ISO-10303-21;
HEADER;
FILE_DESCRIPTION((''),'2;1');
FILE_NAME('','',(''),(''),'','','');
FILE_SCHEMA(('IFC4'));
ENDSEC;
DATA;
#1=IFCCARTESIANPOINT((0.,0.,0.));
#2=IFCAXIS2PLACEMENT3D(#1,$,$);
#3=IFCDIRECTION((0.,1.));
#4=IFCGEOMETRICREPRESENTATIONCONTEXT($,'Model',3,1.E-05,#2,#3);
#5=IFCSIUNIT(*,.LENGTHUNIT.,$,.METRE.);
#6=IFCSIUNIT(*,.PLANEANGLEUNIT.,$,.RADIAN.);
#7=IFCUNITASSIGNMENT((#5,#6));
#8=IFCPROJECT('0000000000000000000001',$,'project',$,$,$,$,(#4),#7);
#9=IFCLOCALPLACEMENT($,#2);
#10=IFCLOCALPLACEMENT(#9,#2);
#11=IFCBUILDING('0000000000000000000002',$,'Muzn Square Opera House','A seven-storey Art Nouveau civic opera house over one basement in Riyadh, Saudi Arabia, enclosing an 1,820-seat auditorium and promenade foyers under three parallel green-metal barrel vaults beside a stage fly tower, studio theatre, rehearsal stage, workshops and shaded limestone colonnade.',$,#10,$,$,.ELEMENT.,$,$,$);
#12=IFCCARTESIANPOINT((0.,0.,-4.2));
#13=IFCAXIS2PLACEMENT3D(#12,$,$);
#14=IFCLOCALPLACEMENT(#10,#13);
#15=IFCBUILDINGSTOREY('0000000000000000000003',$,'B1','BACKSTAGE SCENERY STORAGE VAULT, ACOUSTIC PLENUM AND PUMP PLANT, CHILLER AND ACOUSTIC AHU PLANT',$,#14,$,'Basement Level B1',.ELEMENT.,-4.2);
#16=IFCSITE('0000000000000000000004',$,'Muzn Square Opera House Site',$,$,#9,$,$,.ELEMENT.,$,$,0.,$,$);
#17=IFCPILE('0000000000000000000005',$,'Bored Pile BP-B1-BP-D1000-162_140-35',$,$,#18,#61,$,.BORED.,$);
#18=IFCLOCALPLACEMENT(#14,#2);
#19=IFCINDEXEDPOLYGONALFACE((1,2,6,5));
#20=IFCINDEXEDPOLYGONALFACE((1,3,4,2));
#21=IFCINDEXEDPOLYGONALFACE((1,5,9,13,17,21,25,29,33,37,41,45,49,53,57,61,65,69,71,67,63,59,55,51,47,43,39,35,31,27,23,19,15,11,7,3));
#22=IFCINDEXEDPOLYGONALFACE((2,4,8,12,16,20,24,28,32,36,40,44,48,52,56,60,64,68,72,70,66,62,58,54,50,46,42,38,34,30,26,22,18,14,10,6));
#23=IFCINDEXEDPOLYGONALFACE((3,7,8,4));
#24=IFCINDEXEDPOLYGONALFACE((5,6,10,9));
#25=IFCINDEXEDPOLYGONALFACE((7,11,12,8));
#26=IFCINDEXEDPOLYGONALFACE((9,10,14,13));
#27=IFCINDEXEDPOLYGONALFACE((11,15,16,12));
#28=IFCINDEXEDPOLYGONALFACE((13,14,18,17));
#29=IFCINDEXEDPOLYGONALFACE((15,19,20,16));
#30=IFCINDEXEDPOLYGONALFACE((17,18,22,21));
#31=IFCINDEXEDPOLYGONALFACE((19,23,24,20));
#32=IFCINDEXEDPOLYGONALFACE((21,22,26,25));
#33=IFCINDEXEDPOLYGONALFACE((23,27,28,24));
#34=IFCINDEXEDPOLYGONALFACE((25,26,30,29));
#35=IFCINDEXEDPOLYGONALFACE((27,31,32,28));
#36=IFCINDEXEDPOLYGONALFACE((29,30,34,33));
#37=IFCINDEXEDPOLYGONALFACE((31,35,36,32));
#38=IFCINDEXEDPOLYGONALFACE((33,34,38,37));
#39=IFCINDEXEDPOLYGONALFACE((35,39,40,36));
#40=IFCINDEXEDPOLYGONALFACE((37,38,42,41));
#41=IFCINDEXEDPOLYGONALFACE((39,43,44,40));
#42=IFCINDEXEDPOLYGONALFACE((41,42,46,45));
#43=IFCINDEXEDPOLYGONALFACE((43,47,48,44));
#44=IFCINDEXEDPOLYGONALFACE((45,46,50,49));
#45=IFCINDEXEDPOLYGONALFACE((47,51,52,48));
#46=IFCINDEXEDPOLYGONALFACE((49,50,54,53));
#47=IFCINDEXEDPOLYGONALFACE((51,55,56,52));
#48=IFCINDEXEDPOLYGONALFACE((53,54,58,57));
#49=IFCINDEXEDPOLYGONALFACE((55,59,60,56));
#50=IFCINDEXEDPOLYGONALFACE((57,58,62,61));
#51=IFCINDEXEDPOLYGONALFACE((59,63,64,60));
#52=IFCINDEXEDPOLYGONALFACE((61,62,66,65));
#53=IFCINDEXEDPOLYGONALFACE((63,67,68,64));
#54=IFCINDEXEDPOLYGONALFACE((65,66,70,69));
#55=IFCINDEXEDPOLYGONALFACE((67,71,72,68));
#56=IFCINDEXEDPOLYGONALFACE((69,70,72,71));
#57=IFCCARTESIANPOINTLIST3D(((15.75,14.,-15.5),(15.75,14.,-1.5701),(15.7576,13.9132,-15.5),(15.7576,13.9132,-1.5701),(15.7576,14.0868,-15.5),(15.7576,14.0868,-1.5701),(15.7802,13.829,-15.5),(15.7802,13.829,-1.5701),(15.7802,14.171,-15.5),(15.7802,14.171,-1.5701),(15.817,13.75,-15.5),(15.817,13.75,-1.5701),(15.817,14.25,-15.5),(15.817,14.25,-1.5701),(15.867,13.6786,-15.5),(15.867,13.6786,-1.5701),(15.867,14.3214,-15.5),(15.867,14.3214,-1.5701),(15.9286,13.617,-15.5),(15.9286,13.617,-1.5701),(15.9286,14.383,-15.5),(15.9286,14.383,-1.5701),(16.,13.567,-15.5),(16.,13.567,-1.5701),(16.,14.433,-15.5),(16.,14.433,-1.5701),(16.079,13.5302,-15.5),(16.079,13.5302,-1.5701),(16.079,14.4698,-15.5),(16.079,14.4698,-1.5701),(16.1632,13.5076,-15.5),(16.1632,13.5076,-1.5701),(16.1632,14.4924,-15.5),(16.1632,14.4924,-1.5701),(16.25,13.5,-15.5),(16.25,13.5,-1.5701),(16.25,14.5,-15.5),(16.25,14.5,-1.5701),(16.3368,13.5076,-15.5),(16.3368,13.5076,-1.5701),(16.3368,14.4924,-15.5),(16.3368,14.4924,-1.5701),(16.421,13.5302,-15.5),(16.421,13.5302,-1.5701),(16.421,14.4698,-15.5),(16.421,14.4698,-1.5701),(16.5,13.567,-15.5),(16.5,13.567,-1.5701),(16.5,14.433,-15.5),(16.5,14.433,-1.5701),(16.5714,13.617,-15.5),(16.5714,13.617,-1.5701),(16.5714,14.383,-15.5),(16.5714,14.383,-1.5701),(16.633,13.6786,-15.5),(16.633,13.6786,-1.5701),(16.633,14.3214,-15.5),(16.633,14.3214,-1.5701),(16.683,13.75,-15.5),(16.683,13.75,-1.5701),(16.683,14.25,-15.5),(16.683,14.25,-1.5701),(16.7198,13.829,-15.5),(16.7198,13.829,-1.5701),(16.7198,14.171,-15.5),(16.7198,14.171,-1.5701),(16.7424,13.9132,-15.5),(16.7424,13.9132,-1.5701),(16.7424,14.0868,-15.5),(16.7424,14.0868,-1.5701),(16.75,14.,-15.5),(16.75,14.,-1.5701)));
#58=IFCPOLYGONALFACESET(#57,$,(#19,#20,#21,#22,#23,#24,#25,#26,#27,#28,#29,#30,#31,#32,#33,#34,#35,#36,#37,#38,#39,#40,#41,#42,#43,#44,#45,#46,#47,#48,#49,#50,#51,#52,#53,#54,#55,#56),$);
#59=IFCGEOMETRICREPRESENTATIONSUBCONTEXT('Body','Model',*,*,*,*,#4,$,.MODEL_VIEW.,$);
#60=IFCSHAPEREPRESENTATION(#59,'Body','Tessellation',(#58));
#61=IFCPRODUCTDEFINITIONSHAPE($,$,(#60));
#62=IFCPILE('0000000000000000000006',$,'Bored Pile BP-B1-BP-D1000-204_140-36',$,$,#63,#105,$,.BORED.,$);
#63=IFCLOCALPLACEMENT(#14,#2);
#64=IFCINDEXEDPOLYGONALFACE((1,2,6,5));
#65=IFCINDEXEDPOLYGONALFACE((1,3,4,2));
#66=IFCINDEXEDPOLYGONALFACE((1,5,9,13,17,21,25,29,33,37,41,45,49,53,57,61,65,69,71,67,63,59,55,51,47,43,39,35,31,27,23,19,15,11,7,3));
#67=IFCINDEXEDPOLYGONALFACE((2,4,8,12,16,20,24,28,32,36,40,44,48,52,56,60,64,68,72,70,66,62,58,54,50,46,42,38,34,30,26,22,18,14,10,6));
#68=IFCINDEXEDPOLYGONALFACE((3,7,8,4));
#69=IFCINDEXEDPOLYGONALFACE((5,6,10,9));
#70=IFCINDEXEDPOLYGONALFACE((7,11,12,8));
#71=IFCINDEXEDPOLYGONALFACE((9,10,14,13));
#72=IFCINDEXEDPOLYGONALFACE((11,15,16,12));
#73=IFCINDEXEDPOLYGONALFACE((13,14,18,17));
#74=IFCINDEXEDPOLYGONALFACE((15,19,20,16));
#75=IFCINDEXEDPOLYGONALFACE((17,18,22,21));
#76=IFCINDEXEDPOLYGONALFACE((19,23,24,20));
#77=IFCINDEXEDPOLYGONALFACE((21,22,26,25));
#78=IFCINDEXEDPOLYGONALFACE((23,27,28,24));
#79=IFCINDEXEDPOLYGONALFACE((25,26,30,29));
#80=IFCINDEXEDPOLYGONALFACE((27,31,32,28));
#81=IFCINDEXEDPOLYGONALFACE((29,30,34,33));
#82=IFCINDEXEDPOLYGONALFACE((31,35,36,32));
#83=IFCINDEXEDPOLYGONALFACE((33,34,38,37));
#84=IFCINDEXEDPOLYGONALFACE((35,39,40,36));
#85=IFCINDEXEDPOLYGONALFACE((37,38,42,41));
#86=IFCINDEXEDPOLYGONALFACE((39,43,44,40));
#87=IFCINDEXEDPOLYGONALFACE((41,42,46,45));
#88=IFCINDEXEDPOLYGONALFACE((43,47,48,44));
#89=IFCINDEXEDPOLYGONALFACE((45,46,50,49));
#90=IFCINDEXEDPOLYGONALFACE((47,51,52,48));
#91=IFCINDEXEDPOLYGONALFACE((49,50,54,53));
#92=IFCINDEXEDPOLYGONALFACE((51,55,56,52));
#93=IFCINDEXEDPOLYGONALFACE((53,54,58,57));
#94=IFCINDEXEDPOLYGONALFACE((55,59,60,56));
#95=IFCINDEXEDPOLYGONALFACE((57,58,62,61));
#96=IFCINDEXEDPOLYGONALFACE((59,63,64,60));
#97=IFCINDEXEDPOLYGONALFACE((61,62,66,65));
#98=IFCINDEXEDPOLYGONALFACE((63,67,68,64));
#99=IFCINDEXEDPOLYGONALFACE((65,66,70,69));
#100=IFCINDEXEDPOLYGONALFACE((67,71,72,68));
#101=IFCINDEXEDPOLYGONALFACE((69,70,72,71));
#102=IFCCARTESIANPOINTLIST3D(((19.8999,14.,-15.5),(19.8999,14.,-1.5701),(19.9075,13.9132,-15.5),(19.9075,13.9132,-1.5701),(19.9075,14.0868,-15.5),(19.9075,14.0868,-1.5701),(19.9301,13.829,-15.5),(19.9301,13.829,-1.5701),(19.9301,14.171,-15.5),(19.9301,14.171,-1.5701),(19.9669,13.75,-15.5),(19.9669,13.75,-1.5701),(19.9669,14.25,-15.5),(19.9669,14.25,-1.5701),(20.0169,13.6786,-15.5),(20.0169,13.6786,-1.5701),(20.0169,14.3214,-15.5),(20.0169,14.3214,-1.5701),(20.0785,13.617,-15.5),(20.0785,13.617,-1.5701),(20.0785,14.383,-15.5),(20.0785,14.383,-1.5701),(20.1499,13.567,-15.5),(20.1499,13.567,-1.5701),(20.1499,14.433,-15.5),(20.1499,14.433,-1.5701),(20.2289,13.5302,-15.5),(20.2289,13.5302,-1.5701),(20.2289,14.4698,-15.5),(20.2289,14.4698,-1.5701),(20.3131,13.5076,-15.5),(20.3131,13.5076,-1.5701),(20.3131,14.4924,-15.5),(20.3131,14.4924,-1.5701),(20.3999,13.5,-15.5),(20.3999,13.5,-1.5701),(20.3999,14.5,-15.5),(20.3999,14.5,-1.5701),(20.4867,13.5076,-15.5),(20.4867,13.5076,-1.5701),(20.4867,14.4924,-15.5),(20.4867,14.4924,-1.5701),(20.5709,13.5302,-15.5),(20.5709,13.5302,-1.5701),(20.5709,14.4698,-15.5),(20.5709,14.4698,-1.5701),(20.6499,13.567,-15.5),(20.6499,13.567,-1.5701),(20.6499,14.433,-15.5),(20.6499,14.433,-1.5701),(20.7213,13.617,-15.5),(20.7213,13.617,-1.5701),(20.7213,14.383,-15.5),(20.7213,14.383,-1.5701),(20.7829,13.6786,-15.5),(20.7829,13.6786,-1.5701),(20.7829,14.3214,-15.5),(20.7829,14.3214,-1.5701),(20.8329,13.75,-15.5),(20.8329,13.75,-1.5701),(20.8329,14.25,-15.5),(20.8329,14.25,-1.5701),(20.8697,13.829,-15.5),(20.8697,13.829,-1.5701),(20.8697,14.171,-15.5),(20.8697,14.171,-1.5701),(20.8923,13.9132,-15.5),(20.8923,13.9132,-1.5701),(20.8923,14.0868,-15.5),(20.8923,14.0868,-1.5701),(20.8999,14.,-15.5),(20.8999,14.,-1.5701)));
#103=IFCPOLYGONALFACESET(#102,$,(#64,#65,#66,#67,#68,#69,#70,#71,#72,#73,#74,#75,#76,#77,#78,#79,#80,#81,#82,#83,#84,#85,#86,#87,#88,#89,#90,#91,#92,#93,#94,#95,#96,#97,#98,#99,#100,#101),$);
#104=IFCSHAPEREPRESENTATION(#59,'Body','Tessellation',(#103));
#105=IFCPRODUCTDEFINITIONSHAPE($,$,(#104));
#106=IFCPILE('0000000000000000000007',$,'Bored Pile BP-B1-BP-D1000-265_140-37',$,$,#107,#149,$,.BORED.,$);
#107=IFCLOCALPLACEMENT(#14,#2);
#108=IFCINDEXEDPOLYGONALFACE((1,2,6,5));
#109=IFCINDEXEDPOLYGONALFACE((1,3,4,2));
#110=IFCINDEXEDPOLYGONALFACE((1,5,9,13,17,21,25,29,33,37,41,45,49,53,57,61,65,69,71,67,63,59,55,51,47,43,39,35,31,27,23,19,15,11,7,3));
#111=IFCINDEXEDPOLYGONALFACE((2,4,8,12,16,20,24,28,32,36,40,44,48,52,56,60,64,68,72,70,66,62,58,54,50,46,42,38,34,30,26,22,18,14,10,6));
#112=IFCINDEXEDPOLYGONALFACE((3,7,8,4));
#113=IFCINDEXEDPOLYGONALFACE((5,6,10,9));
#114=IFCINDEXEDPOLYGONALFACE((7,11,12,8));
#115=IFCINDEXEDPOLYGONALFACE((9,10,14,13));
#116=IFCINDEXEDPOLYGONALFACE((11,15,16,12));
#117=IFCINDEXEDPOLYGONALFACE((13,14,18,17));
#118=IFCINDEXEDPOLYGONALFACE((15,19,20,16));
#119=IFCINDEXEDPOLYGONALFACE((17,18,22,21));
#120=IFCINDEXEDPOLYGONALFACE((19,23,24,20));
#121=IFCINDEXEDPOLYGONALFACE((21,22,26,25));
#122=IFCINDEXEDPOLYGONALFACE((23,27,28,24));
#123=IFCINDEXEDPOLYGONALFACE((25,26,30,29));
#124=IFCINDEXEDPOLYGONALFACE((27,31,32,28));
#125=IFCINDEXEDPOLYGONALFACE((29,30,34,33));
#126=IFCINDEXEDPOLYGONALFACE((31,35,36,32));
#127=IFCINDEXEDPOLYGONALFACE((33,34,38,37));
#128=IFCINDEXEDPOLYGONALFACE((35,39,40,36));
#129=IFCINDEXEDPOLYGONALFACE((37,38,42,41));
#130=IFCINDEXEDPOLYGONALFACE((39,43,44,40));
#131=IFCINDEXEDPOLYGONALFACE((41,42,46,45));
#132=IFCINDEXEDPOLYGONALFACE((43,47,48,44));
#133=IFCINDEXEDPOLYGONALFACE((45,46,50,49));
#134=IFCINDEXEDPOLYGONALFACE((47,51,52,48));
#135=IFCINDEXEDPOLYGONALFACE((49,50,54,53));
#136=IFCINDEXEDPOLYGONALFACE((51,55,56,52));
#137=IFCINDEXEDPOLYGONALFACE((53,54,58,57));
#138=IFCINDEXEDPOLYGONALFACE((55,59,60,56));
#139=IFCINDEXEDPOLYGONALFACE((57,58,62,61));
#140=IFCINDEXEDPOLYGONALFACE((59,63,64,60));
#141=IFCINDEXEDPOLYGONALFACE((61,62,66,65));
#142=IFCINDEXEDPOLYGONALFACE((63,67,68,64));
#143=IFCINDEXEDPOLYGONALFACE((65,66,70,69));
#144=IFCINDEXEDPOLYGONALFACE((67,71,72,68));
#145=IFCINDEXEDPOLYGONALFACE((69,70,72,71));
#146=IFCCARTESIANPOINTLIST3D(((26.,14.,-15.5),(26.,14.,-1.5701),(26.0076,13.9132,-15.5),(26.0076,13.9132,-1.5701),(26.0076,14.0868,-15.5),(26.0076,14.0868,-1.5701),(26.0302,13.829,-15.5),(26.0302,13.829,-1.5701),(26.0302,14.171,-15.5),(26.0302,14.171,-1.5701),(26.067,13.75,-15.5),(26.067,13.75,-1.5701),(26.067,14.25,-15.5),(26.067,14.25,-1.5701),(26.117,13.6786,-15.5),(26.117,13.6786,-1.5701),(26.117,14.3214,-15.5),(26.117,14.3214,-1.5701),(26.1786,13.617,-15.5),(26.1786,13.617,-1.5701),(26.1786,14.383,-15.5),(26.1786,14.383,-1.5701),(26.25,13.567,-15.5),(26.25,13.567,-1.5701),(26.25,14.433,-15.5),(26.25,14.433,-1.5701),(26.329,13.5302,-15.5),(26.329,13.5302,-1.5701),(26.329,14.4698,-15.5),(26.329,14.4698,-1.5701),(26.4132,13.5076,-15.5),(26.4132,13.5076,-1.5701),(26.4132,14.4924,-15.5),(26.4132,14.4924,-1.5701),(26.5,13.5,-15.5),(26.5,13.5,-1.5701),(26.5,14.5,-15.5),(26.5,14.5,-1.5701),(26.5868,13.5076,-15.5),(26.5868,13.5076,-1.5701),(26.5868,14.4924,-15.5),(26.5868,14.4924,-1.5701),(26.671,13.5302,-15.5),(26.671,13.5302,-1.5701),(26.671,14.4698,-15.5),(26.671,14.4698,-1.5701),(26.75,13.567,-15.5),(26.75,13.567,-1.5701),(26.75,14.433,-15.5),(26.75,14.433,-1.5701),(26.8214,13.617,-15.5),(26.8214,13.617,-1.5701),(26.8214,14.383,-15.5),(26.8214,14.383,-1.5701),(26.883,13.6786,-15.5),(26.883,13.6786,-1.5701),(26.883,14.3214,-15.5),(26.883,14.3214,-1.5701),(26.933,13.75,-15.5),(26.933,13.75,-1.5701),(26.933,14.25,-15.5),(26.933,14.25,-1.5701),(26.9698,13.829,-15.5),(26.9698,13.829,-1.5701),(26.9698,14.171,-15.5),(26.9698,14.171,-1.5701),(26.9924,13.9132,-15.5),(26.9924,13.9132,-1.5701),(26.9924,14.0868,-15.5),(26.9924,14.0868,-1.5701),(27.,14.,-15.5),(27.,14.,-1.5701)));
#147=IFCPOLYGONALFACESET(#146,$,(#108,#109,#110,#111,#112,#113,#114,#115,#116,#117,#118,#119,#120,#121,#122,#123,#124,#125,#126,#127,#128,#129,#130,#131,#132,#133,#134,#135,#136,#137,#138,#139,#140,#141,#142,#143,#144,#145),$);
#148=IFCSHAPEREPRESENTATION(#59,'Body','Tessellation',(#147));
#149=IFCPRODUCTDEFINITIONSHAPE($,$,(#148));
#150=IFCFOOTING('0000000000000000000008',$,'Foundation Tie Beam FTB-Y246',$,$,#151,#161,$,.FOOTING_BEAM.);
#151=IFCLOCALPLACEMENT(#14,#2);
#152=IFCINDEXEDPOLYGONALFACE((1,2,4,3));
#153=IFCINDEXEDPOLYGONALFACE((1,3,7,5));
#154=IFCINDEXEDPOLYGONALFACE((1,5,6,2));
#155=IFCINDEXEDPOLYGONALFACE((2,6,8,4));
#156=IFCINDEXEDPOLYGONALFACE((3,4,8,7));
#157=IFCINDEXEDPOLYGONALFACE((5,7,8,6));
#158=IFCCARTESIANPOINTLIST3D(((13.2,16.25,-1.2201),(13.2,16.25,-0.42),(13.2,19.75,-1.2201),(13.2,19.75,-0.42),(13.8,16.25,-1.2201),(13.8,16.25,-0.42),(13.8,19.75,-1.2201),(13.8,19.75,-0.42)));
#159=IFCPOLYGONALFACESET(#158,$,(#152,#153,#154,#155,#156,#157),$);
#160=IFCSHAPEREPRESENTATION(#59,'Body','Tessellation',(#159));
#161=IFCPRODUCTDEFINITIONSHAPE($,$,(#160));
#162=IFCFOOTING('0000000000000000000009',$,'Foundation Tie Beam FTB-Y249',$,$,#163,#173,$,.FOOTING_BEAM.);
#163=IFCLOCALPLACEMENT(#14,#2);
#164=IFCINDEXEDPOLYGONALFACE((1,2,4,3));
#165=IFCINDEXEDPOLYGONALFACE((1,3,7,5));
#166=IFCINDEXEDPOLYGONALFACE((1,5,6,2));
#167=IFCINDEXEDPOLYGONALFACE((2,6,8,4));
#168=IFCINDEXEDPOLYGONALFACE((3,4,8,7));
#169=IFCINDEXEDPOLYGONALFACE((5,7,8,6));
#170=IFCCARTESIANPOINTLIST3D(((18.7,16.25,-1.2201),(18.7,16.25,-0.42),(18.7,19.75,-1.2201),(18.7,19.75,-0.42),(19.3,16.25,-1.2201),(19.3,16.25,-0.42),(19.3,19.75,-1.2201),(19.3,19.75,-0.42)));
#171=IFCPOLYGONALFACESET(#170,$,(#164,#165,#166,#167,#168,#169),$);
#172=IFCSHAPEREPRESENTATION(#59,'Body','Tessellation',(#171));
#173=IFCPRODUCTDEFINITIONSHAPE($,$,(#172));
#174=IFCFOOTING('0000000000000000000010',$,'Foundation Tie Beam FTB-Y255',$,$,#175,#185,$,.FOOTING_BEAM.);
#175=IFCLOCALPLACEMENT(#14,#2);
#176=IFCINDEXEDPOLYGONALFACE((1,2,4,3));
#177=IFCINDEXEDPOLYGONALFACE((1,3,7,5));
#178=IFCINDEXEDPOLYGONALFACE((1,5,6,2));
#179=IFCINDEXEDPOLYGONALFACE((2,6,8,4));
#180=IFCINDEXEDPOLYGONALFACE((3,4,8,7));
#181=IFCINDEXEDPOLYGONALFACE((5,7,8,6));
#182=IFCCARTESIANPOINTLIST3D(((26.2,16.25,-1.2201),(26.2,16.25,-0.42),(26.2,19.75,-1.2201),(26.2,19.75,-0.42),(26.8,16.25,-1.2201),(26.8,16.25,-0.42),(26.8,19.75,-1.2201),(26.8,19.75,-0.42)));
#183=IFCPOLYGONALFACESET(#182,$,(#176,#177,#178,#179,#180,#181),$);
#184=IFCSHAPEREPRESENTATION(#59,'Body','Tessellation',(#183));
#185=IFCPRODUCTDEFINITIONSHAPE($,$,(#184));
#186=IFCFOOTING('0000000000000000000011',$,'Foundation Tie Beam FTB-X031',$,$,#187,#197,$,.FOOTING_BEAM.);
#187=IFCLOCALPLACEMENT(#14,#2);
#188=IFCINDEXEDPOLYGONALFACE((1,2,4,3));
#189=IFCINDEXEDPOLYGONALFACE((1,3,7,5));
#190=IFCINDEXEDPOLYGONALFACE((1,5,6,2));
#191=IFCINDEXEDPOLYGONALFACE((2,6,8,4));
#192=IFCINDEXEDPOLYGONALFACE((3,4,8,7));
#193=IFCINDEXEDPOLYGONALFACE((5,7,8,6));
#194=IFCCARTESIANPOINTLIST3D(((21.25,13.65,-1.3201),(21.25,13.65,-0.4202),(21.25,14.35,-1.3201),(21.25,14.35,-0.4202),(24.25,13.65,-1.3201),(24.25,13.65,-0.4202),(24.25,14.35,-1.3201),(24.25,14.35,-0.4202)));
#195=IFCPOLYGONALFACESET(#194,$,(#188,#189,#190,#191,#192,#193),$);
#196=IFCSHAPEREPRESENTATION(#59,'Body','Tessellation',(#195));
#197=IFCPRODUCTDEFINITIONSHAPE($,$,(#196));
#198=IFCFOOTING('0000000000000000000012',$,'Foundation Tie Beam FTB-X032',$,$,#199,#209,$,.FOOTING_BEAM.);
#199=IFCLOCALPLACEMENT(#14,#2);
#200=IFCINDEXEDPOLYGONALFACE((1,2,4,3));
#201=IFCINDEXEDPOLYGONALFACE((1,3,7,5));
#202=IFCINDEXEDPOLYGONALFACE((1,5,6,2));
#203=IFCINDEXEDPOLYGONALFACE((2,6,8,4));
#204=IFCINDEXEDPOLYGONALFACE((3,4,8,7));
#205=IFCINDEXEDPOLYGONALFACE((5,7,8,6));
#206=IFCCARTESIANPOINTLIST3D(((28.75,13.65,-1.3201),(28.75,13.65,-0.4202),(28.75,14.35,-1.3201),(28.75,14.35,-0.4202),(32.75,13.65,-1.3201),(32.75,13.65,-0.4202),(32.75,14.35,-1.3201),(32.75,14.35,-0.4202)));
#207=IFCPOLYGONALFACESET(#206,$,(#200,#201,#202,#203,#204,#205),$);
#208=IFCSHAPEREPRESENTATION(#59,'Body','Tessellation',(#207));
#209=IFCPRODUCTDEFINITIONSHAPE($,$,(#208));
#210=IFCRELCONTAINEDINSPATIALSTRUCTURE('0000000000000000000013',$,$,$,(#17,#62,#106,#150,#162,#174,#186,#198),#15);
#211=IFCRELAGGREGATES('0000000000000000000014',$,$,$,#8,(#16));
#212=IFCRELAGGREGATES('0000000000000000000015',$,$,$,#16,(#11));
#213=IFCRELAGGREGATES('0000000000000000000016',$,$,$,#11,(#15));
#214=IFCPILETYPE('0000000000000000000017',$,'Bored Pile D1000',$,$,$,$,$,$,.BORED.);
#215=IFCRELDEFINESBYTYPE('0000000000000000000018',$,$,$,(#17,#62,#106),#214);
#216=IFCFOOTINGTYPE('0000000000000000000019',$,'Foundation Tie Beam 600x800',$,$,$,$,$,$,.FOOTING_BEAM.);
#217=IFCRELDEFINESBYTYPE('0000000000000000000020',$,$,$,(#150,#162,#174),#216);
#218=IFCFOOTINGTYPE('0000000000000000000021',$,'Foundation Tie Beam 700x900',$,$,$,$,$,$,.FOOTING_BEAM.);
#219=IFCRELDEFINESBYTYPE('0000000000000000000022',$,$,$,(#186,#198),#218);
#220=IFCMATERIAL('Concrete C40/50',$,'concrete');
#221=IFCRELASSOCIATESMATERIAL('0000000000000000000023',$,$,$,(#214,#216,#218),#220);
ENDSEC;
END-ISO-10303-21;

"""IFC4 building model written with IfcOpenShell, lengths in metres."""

from ifc_helpers import new_model, si_unit, direction, frame, origin, origin_2d, place, context, subcontext, project, spatial, rectangle, circle, extrude, material, material_profile, profile_set, type_object, element, save


model = new_model("IFC4")

# Units and contexts
model_context = context("Model", 3, precision=1e-05, world=origin(), true_north=direction((0.0, 1.0)))
body_context = subcontext(model_context, "Body", "Model", "MODEL_VIEW")
ifc_project = project(units=[si_unit("LENGTHUNIT", "METRE"), si_unit("PLANEANGLEUNIT", "RADIAN")], contexts=[model_context])

# Site, building, storey
site_placement = place(None, origin())
site = spatial("IfcSite", under=ifc_project, at=site_placement, Name="Muzn Square Opera House Site", CompositionType="ELEMENT", RefElevation=0.0)
building_placement = place(site_placement, origin())
building = spatial("IfcBuilding", under=site, at=building_placement, Name="Muzn Square Opera House", Description="A seven-storey Art Nouveau civic opera house over one basement in Riyadh, Saudi Arabia, enclosing an 1,820-seat auditorium and promenade foyers under three parallel green-metal barrel vaults beside a stage fly tower, studio theatre, rehearsal stage, workshops and shaded limestone colonnade.", CompositionType="ELEMENT")
storey_placement = place(building_placement, frame((0.0, 0.0, -4.2)))
storey = spatial("IfcBuildingStorey", under=building, at=storey_placement, Name="B1", Description="BACKSTAGE SCENERY STORAGE VAULT, ACOUSTIC PLENUM AND PUMP PLANT, CHILLER AND ACOUSTIC AHU PLANT", LongName="Basement Level B1", CompositionType="ELEMENT", Elevation=-4.2)

# Piles
ifc_material_1 = material(Name="Concrete C40/50", Category="concrete")
ifc_material_profile_1 = material_profile(ifc_material_1, circle(Radius=0.5, at=origin_2d()), Name="BORED PILE D1000", Category="concrete")
ifc_profile_set_1 = profile_set([ifc_material_profile_1], Name="Concrete C40/50")
pile_type = type_object("IfcPileType", Name="Bored Pile D1000", PredefinedType="BORED", material=ifc_profile_set_1)
for number, where, z_axis, x_axis, name in (
    (1, (16.25, 14.0, -1.5701), (0.0, 0.0, -1.0), (1.0, 0.0, 0.0), "Bored Pile BP-B1-BP-D1000-162_140-35"),
    (2, (20.3999, 14.0, -1.5701), (0.0, 0.0, -1.0), (1.0, 0.0, 0.0), "Bored Pile BP-B1-BP-D1000-204_140-36"),
    (3, (26.5, 14.0, -1.5701), (0.0, 0.0, -1.0), (1.0, 0.0, 0.0), "Bored Pile BP-B1-BP-D1000-265_140-37"),
):
    element("IfcPile", number, at=place(storey_placement, frame(where, z_axis=z_axis, x_axis=x_axis)), inside=storey, type_object=pile_type, Name=name, PredefinedType="BORED", context=body_context, shape_type="SweptSolid", body=[
        extrude(circle(Radius=0.5, at=origin_2d()), origin(), (0.0, 0.0, 1.0), 13.9299),
    ])

# Footings
ifc_material_profile_2 = material_profile(ifc_material_1, rectangle(XDim=0.6001, YDim=0.8, at=origin_2d()), Name="RCTB 600x800", Category="concrete")
ifc_profile_set_2 = profile_set([ifc_material_profile_2], Name="Concrete C40/50")
footing_type_1 = type_object("IfcFootingType", Name="Foundation Tie Beam 600x800", PredefinedType="FOOTING_BEAM", material=ifc_profile_set_2)
for number, where, z_axis, x_axis, name in (
    (4, (13.5, 16.25, -0.8201), (0.0, 1.0, 0.0), (-1.0, 0.0, 0.0), "Foundation Tie Beam FTB-Y246"),
    (5, (19.0, 16.25, -0.8201), (0.0, 1.0, 0.0), (-1.0, 0.0, 0.0), "Foundation Tie Beam FTB-Y249"),
    (6, (26.5, 16.25, -0.8201), (0.0, 1.0, 0.0), (-1.0, 0.0, 0.0), "Foundation Tie Beam FTB-Y255"),
):
    element("IfcFooting", number, at=place(storey_placement, frame(where, z_axis=z_axis, x_axis=x_axis)), inside=storey, type_object=footing_type_1, Name=name, PredefinedType="FOOTING_BEAM", context=body_context, shape_type="SweptSolid", body=[
        extrude(rectangle(XDim=0.6001, YDim=0.8, at=origin_2d()), origin(), (0.0, 0.0, 1.0), 3.5),
    ])
ifc_material_profile_3 = material_profile(ifc_material_1, rectangle(XDim=0.7, YDim=0.8999, at=origin_2d()), Name="RCTB 700x900", Category="concrete")
ifc_profile_set_3 = profile_set([ifc_material_profile_3], Name="Concrete C40/50")
footing_type_2 = type_object("IfcFootingType", Name="Foundation Tie Beam 700x900", PredefinedType="FOOTING_BEAM", material=ifc_profile_set_3)
footing_1_placement = place(storey_placement, frame((21.25, 14.0, -0.8701), z_axis=(1.0, 0.0, 0.0), x_axis=(0.0, 1.0, 0.0)))
element("IfcFooting", 7, at=footing_1_placement, inside=storey, type_object=footing_type_2, Name="Foundation Tie Beam FTB-X031", PredefinedType="FOOTING_BEAM", context=body_context, shape_type="SweptSolid", body=[
    extrude(rectangle(XDim=0.7, YDim=0.8999, at=origin_2d()), origin(), (0.0, 0.0, 1.0), 3.0),
])
footing_2_placement = place(storey_placement, frame((28.75, 14.0, -0.8701), z_axis=(1.0, 0.0, 0.0), x_axis=(0.0, 1.0, 0.0)))
element("IfcFooting", 8, at=footing_2_placement, inside=storey, type_object=footing_type_2, Name="Foundation Tie Beam FTB-X032", PredefinedType="FOOTING_BEAM", context=body_context, shape_type="SweptSolid", body=[
    extrude(rectangle(XDim=0.7, YDim=0.8999, at=origin_2d()), origin(), (0.0, 0.0, 1.0), 4.0),
])

save(model, "model.ifc")
